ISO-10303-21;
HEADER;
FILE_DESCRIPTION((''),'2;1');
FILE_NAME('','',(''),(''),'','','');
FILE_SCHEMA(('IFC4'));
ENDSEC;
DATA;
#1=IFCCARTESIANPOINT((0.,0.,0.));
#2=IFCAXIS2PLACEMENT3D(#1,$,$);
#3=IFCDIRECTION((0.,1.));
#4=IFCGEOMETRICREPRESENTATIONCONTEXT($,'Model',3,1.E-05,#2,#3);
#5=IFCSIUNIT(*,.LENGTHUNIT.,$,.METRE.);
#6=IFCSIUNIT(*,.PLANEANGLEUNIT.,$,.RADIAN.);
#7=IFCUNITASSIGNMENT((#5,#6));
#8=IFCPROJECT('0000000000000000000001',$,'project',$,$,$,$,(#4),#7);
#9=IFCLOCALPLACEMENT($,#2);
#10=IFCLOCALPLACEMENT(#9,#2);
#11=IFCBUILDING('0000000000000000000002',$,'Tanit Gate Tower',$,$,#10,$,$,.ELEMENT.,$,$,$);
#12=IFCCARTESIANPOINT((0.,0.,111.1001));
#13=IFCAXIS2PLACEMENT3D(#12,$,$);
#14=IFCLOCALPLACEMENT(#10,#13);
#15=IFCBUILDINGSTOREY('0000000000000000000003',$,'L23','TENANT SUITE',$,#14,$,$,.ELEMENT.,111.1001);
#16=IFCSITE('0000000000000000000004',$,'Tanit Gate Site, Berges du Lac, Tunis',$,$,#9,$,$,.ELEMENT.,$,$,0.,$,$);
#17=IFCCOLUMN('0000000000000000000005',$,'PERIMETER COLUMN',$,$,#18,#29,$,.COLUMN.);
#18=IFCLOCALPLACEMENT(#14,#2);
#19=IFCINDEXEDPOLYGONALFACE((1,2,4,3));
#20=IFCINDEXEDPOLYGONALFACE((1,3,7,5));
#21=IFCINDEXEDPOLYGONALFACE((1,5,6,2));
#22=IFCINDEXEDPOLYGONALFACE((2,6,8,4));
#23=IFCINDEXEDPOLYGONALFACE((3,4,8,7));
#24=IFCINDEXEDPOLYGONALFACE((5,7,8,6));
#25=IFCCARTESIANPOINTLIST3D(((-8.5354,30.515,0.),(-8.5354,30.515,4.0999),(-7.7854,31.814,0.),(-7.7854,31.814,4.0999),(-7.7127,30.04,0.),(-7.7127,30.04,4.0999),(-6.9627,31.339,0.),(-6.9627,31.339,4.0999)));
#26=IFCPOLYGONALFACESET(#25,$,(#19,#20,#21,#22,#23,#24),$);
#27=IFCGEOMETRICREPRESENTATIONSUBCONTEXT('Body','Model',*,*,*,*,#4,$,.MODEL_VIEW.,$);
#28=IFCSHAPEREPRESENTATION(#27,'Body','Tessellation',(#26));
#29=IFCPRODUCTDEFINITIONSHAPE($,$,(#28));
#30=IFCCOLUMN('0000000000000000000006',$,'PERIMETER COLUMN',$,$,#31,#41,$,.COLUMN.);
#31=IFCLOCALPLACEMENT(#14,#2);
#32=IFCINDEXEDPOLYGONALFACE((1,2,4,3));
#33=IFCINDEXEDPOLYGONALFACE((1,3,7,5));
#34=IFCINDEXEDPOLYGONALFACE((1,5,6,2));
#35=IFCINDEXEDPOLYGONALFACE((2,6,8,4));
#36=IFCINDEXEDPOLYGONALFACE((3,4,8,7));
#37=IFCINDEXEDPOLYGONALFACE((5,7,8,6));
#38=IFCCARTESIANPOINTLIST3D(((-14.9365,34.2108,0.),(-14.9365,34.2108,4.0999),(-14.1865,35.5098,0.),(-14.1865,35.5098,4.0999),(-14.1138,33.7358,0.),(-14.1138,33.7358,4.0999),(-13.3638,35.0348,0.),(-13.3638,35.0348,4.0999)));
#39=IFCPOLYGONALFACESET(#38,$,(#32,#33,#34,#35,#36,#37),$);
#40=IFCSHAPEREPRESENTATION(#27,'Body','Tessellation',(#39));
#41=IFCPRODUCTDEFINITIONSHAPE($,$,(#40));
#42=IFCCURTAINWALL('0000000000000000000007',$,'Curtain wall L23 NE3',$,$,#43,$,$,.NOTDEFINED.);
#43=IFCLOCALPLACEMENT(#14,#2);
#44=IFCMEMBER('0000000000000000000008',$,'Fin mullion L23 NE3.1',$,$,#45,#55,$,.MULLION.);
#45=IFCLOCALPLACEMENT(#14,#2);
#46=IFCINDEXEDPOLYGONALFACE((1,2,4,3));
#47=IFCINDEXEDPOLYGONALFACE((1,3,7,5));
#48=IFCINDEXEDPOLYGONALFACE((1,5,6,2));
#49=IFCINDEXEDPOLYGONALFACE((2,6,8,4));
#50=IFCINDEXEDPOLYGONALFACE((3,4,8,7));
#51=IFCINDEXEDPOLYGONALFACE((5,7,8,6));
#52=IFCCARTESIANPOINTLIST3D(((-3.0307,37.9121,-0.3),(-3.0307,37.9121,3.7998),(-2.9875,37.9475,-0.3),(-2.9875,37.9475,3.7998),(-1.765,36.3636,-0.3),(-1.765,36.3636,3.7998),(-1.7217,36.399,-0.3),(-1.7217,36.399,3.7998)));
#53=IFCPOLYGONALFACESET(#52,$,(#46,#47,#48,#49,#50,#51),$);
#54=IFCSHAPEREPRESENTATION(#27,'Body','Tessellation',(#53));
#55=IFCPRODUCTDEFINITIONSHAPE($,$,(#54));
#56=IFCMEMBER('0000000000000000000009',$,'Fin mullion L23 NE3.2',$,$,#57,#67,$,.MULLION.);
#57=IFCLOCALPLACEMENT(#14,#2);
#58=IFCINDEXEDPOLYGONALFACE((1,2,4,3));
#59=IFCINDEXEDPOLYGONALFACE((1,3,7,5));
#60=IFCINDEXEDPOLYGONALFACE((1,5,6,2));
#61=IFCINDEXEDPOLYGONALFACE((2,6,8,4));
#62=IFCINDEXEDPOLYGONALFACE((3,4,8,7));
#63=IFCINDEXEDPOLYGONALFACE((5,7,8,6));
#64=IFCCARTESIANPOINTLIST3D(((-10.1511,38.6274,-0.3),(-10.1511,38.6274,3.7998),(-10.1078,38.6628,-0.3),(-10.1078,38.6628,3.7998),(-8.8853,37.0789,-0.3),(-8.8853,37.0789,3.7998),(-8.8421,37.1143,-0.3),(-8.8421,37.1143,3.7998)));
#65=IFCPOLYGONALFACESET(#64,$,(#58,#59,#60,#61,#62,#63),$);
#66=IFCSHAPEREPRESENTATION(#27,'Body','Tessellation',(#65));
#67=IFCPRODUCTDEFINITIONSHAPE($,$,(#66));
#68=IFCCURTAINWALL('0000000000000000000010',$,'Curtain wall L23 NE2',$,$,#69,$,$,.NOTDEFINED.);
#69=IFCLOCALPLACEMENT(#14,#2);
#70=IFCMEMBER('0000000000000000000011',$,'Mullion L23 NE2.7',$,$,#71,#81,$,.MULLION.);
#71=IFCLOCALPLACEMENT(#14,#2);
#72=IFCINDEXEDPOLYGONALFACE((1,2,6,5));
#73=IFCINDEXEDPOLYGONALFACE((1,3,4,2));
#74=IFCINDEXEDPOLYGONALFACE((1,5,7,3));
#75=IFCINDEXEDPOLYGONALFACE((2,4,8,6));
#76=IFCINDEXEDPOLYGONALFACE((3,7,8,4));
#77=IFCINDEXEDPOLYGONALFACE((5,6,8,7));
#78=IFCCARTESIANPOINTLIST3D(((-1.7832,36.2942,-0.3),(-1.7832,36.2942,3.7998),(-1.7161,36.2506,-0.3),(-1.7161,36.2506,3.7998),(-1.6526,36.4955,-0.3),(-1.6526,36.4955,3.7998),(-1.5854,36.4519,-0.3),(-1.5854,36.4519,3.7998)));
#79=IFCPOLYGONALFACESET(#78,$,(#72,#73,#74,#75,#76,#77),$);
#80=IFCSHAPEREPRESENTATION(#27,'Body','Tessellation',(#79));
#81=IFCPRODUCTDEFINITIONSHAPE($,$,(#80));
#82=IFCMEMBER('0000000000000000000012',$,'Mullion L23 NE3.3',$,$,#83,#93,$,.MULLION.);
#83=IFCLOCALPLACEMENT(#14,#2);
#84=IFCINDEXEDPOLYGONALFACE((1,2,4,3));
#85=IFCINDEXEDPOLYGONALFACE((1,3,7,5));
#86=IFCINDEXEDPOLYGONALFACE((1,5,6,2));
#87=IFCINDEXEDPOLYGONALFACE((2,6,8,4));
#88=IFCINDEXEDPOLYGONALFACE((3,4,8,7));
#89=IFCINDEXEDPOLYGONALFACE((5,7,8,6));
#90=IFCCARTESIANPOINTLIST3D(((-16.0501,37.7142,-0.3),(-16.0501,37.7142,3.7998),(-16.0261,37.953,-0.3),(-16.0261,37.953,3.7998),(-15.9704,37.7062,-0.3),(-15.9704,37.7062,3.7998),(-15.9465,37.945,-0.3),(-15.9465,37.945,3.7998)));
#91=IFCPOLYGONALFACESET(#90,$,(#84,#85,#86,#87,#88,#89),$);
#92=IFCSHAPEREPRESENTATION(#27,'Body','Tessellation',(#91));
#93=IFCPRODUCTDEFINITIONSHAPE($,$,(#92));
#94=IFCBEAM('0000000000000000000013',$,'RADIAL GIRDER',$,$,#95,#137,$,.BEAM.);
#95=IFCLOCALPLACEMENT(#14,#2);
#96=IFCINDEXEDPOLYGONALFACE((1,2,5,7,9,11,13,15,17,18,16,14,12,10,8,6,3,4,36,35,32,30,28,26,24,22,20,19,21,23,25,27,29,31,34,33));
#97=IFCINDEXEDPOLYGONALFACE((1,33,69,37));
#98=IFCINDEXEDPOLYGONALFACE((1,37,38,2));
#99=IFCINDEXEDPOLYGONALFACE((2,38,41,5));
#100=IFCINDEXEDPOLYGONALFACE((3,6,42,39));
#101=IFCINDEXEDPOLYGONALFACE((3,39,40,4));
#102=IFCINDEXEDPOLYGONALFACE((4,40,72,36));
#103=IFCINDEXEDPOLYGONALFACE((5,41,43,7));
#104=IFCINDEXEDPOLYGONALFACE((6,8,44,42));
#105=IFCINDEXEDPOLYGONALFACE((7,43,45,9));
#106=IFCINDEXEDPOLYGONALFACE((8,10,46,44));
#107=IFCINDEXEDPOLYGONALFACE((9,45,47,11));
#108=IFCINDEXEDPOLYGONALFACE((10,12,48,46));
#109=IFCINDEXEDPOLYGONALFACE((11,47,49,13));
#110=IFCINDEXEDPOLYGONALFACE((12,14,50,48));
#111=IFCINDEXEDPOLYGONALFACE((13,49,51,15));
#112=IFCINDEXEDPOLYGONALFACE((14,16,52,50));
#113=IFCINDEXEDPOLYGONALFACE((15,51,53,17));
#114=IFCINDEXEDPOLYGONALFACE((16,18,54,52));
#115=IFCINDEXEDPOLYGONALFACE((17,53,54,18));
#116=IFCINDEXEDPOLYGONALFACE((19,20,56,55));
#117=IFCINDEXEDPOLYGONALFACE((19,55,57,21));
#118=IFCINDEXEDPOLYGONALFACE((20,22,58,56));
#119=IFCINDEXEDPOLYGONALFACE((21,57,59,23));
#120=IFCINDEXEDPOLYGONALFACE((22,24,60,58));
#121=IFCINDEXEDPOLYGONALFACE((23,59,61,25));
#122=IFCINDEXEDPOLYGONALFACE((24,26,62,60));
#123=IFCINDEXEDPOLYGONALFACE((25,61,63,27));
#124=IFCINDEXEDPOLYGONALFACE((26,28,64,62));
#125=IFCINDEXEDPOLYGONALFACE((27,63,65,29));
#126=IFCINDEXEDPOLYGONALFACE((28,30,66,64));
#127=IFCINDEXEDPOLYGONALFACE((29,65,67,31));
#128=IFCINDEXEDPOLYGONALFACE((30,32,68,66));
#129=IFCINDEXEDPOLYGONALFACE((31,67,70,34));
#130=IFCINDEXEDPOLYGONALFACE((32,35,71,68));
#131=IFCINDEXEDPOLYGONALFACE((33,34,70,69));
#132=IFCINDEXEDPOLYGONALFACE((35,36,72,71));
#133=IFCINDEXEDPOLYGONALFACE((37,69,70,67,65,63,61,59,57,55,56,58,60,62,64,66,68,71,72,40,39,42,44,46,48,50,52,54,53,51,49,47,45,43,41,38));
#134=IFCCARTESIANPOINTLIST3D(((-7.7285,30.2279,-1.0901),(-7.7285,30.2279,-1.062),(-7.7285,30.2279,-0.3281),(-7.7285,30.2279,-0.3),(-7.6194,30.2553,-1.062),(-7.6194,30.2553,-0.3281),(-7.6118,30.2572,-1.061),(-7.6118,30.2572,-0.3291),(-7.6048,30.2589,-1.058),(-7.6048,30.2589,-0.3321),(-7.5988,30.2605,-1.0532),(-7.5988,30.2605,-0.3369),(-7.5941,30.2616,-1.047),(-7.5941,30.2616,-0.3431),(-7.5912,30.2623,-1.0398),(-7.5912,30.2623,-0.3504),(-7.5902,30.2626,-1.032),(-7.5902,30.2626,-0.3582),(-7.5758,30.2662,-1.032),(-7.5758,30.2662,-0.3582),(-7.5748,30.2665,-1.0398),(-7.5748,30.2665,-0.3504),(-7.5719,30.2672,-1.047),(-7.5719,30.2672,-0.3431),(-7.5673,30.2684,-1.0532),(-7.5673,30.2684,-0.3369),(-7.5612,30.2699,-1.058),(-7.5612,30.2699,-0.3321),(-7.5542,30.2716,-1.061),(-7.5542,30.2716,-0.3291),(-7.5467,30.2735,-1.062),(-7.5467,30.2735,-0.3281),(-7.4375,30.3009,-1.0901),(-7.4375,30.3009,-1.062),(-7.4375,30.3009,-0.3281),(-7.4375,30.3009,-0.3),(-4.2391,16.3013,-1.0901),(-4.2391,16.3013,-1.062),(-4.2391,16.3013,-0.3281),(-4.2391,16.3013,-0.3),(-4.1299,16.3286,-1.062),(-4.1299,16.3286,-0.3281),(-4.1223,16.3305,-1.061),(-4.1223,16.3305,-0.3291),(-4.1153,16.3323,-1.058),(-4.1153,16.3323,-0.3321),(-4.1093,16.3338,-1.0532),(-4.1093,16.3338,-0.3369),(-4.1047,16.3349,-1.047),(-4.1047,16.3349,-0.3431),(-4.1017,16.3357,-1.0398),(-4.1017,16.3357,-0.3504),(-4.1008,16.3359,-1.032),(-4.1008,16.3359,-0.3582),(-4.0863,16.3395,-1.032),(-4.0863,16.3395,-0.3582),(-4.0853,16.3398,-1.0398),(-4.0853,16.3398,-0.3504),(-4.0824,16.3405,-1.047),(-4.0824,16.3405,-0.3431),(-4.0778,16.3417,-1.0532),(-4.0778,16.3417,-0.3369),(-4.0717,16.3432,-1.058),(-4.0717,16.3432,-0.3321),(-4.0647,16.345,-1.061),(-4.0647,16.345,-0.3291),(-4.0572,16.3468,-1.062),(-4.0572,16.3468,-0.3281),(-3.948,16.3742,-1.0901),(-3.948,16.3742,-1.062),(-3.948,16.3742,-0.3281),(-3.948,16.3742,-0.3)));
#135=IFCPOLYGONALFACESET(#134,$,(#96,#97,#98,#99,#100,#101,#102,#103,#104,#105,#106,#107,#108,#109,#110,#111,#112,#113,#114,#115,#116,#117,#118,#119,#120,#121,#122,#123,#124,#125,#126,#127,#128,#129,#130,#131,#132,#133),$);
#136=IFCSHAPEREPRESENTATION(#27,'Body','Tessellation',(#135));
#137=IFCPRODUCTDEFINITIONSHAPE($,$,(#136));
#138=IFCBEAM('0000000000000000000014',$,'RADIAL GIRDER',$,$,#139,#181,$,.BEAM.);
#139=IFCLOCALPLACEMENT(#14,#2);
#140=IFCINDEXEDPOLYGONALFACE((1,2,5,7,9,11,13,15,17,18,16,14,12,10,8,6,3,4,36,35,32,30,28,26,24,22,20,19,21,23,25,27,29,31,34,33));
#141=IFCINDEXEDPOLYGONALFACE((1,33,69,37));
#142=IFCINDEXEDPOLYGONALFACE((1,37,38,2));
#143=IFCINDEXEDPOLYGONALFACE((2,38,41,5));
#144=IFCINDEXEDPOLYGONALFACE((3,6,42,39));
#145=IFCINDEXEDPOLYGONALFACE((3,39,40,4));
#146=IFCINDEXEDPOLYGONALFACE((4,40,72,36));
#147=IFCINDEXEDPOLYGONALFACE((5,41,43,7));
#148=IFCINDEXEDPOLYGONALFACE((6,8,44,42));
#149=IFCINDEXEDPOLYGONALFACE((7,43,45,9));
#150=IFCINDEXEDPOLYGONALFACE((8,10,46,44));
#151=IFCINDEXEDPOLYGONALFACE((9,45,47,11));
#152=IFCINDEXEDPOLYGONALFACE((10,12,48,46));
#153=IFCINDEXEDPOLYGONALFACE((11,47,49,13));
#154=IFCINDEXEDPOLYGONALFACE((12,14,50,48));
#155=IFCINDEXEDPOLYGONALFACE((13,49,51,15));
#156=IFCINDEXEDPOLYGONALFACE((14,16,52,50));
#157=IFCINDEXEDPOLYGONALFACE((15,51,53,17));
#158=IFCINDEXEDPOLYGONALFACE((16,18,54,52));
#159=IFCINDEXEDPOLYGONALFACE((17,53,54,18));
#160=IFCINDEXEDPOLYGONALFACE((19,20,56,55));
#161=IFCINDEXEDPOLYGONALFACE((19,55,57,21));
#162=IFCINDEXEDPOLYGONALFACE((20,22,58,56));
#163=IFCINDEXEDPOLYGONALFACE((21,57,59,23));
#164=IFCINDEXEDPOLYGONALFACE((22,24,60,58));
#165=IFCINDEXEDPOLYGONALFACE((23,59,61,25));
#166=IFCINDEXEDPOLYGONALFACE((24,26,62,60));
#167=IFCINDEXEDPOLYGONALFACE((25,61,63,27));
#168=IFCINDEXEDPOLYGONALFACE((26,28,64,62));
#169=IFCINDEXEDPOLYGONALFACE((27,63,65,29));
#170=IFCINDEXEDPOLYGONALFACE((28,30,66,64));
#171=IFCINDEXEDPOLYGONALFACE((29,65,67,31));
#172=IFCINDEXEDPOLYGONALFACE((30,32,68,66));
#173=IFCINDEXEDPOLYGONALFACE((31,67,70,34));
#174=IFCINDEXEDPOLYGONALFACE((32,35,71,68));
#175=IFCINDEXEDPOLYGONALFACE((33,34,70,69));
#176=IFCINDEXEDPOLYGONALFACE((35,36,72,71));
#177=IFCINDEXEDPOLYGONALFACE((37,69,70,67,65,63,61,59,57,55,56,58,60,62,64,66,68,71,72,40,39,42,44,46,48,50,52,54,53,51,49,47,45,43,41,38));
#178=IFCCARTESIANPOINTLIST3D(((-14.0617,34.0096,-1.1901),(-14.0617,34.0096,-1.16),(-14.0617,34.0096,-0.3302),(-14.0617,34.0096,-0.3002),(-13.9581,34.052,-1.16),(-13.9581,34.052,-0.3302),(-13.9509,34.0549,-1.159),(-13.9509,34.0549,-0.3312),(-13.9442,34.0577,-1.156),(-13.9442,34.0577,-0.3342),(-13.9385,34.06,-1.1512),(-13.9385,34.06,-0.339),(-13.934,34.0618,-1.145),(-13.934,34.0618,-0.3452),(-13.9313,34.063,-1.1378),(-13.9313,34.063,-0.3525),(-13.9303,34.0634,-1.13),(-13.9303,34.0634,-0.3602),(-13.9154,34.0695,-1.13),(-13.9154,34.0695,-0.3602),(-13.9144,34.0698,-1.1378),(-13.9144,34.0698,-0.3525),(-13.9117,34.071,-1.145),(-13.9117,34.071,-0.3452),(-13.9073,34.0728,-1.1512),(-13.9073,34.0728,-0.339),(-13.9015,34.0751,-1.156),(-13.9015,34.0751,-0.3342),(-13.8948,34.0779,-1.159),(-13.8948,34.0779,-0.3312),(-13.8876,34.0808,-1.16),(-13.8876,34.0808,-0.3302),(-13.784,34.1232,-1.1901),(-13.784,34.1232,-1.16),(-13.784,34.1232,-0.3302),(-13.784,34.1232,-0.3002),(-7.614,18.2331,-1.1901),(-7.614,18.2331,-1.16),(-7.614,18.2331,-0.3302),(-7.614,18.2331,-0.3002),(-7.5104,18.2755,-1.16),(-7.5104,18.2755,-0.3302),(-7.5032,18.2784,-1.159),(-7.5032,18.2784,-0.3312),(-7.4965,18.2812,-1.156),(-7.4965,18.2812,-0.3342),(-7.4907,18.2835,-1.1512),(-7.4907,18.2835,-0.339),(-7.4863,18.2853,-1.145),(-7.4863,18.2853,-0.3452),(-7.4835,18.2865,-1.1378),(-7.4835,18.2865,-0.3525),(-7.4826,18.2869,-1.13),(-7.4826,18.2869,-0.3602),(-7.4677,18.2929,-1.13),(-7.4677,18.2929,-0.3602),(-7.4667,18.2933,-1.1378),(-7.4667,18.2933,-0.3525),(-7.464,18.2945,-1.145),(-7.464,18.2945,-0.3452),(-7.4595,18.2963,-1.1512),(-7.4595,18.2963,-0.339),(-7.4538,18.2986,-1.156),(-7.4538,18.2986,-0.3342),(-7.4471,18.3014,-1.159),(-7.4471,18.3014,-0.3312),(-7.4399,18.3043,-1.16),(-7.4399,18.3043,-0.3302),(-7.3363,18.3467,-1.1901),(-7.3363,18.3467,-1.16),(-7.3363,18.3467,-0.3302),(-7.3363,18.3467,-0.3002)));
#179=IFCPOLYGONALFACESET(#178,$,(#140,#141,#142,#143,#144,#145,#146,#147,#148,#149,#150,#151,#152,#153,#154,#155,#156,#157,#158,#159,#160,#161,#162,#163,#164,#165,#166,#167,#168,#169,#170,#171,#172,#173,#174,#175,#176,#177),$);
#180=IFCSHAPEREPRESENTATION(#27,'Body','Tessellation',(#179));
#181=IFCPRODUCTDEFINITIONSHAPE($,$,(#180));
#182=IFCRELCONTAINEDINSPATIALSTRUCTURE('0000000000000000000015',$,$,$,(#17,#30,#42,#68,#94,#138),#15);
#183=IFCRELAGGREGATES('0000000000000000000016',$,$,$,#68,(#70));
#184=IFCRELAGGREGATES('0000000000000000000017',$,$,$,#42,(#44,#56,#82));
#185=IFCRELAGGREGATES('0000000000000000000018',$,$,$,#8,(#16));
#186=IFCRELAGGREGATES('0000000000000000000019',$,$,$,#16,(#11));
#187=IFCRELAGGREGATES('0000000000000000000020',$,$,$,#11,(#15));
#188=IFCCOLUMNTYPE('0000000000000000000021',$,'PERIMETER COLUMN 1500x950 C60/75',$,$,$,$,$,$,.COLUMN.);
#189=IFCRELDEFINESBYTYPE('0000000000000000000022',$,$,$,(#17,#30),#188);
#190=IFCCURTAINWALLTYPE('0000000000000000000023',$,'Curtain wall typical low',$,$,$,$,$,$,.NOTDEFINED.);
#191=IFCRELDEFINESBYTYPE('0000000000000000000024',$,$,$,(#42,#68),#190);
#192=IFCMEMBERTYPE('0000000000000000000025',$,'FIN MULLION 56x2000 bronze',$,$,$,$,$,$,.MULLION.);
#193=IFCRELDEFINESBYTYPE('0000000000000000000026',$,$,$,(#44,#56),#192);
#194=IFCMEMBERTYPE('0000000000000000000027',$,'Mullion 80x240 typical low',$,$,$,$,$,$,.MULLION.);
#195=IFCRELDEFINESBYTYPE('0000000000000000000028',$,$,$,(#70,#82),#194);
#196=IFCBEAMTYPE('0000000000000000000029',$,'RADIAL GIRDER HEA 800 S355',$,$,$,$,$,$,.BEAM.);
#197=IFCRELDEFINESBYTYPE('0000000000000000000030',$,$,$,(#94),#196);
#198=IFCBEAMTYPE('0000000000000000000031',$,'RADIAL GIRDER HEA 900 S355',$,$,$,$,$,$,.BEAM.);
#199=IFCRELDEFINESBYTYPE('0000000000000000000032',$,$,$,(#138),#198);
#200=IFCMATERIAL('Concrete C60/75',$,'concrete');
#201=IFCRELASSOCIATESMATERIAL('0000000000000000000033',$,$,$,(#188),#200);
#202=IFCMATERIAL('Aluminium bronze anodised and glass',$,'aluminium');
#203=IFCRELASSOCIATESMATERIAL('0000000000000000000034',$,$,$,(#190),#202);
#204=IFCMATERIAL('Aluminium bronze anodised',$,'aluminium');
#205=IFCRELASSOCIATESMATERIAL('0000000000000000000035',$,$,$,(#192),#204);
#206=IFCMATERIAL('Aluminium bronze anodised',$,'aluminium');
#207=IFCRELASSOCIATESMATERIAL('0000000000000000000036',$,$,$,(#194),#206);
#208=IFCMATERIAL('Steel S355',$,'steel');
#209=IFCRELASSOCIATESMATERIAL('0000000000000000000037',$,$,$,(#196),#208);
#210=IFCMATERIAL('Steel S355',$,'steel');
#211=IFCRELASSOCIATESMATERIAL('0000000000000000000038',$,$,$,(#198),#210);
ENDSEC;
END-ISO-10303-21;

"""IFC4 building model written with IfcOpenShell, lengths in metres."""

from ifc_helpers import new_model, si_unit, direction, frame, origin, origin_2d, place, context, subcontext, project, spatial, rectangle, i_section, extrude, material, material_profile, profile_set, type_object, element, aggregate, save


model = new_model("IFC4")

# Units and contexts
model_context = context("Model", 3, precision=1e-05, world=origin(), true_north=direction((0.0, 1.0)))
body_context = subcontext(model_context, "Body", "Model", "MODEL_VIEW")
ifc_project = project(units=[si_unit("LENGTHUNIT", "METRE"), si_unit("PLANEANGLEUNIT", "RADIAN")], contexts=[model_context])

# Site, building, storey
site_placement = place(None, origin())
site = spatial("IfcSite", under=ifc_project, at=site_placement, Name="Tanit Gate Site, Berges du Lac, Tunis", CompositionType="ELEMENT", RefElevation=0.0)
building_placement = place(site_placement, origin())
building = spatial("IfcBuilding", under=site, at=building_placement, Name="Tanit Gate Tower", CompositionType="ELEMENT")
storey_placement = place(building_placement, frame((0.0, 0.0, 111.1001)))
storey = spatial("IfcBuildingStorey", under=building, at=storey_placement, Name="L23", Description="TENANT SUITE", CompositionType="ELEMENT", Elevation=111.1001)

# Columns
ifc_material_1 = material(Name="Concrete C60/75", Category="concrete")
ifc_material_profile_1 = material_profile(ifc_material_1, rectangle(XDim=1.5, YDim=0.95, at=origin_2d()), Name="RC 1500x950")
ifc_profile_set_1 = profile_set([ifc_material_profile_1], Name="Concrete C60/75")
column_type = type_object("IfcColumnType", Name="PERIMETER COLUMN 1500x950 C60/75", PredefinedType="COLUMN", material=ifc_profile_set_1)
for number, where, z_axis, x_axis, name in (
    (1, (-7.749, 30.927, 0.0), (0.0, 0.0, 1.0), (0.5, 0.866025, 0.0), "PERIMETER COLUMN"),
    (2, (-14.1501, 34.6228, 0.0), (0.0, 0.0, 1.0), (0.5, 0.866025, 0.0), "PERIMETER COLUMN"),
):
    element("IfcColumn", number, at=place(storey_placement, frame(where, z_axis=z_axis, x_axis=x_axis)), inside=storey, type_object=column_type, Name=name, PredefinedType="COLUMN", context=body_context, shape_type="SweptSolid", body=[
        extrude(rectangle(XDim=1.5, YDim=0.95, at=origin_2d()), origin(), (0.0, 0.0, 1.0), 4.0999),
    ])

# Curtain wall, members
ifc_material_2 = material(Name="Aluminium bronze anodised and glass", Category="aluminium")
curtain_wall_type = type_object("IfcCurtainWallType", Name="Curtain wall typical low", PredefinedType="NOTDEFINED", material=ifc_material_2)
curtain_wall_1_placement = place(storey_placement, origin())
curtain_wall_1 = element("IfcCurtainWall", 3, at=curtain_wall_1_placement, inside=storey, type_object=curtain_wall_type, Name="Curtain wall L23 NE3", PredefinedType="NOTDEFINED")
ifc_material_3 = material(Name="Aluminium bronze anodised", Category="aluminium")
ifc_material_profile_2 = material_profile(ifc_material_3, rectangle(XDim=2.0, YDim=0.0559, at=origin_2d()), Name="56x2000 bronze fin mullion")
ifc_profile_set_2 = profile_set([ifc_material_profile_2], Name="Aluminium bronze anodised")
member_type_1 = type_object("IfcMemberType", Name="FIN MULLION 56x2000 bronze", PredefinedType="MULLION", material=ifc_profile_set_2)
member_1_placement = place(storey_placement, frame((-2.3762, 37.1555, -0.3), z_axis=(0.0, 0.0, 1.0), x_axis=(0.632883, -0.774247, 0.0)))
member_1 = element("IfcMember", 4, at=member_1_placement, type_object=member_type_1, Name="Fin mullion L23 NE3.1", PredefinedType="MULLION", context=body_context, shape_type="SweptSolid", body=[
    extrude(rectangle(XDim=2.0, YDim=0.0559, at=origin_2d()), origin(), (0.0, 0.0, 1.0), 4.0999),
])
member_2_placement = place(storey_placement, frame((-9.4966, 37.8708, -0.3), z_axis=(0.0, 0.0, 1.0), x_axis=(0.632883, -0.774247, 0.0)))
member_2 = element("IfcMember", 5, at=member_2_placement, type_object=member_type_1, Name="Fin mullion L23 NE3.2", PredefinedType="MULLION", context=body_context, shape_type="SweptSolid", body=[
    extrude(rectangle(XDim=2.0, YDim=0.0559, at=origin_2d()), origin(), (0.0, 0.0, 1.0), 4.0999),
])

# Curtain wall, member
curtain_wall_2_placement = place(storey_placement, origin())
curtain_wall_2 = element("IfcCurtainWall", 6, at=curtain_wall_2_placement, inside=storey, type_object=curtain_wall_type, Name="Curtain wall L23 NE2", PredefinedType="NOTDEFINED")
ifc_material_4 = material(Name="Aluminium bronze anodised", Category="aluminium")
ifc_material_profile_3 = material_profile(ifc_material_4, rectangle(XDim=0.24, YDim=0.0801, at=origin_2d()), Name="80x240 bronze mullion")
ifc_profile_set_3 = profile_set([ifc_material_profile_3], Name="Aluminium bronze anodised")
member_type_2 = type_object("IfcMemberType", Name="Mullion 80x240 typical low", PredefinedType="MULLION", material=ifc_profile_set_3)
member_3_placement = place(storey_placement, frame((-1.6843, 36.373, -0.3), z_axis=(0.0, 0.0, 1.0), x_axis=(-0.544359, -0.838852, 0.0)))
member_3 = element("IfcMember", 7, at=member_3_placement, type_object=member_type_2, Name="Mullion L23 NE2.7", PredefinedType="MULLION", context=body_context, shape_type="SweptSolid", body=[
    extrude(rectangle(XDim=0.24, YDim=0.0801, at=origin_2d()), origin(), (0.0, 0.0, 1.0), 4.0999),
])
aggregate(curtain_wall_2, [member_3])

# Member
member_4_placement = place(storey_placement, frame((-15.9983, 37.8296, -0.3), z_axis=(0.0, 0.0, 1.0), x_axis=(-0.099959, -0.994992, 0.0)))
member_4 = element("IfcMember", 8, at=member_4_placement, type_object=member_type_2, Name="Mullion L23 NE3.3", PredefinedType="MULLION", context=body_context, shape_type="SweptSolid", body=[
    extrude(rectangle(XDim=0.24, YDim=0.0801, at=origin_2d()), origin(), (0.0, 0.0, 1.0), 4.0999),
])

# Beams
ifc_material_5 = material(Name="Steel S355", Category="steel")
ifc_material_profile_4 = material_profile(ifc_material_5, i_section(OverallWidth=0.3, OverallDepth=0.79, WebThickness=0.0149, FlangeThickness=0.0281, FilletRadius=0.03, at=origin_2d()), Name="HEA 800")
ifc_profile_set_4 = profile_set([ifc_material_profile_4], Name="Steel S355")
beam_type_1 = type_object("IfcBeamType", Name="RADIAL GIRDER HEA 800 S355", PredefinedType="BEAM", material=ifc_profile_set_4)
beam_1_placement = place(storey_placement, frame((-7.583, 30.2644, -0.6951), z_axis=(0.243048, -0.970014, 0.0), x_axis=(0.970014, 0.243048, 0.0)))
element("IfcBeam", 9, at=beam_1_placement, inside=storey, type_object=beam_type_1, Name="RADIAL GIRDER", PredefinedType="BEAM", context=body_context, shape_type="SweptSolid", body=[
    extrude(i_section(OverallWidth=0.3, OverallDepth=0.79, WebThickness=0.0149, FlangeThickness=0.0281, FilletRadius=0.03, at=origin_2d()), origin(), (0.0, 0.0, 1.0), 14.3572),
])
ifc_material_6 = material(Name="Steel S355", Category="steel")
ifc_material_profile_5 = material_profile(ifc_material_6, i_section(OverallWidth=0.3, OverallDepth=0.8899, WebThickness=0.0161, FlangeThickness=0.03, FilletRadius=0.03, at=origin_2d()), Name="HEA 900")
ifc_profile_set_5 = profile_set([ifc_material_profile_5], Name="Steel S355")
beam_type_2 = type_object("IfcBeamType", Name="RADIAL GIRDER HEA 900 S355", PredefinedType="BEAM", material=ifc_profile_set_5)
beam_2_placement = place(storey_placement, frame((-13.9229, 34.0664, -0.7451), z_axis=(0.378315, -0.925677, 0.0), x_axis=(0.925677, 0.378315, 0.0)))
element("IfcBeam", 10, at=beam_2_placement, inside=storey, type_object=beam_type_2, Name="RADIAL GIRDER", PredefinedType="BEAM", context=body_context, shape_type="SweptSolid", body=[
    extrude(i_section(OverallWidth=0.3, OverallDepth=0.8899, WebThickness=0.0161, FlangeThickness=0.03, FilletRadius=0.03, at=origin_2d()), origin(), (0.0, 0.0, 1.0), 17.0432),
])

aggregate(curtain_wall_1, [member_1, member_2, member_4])

save(model, "model.ifc")
